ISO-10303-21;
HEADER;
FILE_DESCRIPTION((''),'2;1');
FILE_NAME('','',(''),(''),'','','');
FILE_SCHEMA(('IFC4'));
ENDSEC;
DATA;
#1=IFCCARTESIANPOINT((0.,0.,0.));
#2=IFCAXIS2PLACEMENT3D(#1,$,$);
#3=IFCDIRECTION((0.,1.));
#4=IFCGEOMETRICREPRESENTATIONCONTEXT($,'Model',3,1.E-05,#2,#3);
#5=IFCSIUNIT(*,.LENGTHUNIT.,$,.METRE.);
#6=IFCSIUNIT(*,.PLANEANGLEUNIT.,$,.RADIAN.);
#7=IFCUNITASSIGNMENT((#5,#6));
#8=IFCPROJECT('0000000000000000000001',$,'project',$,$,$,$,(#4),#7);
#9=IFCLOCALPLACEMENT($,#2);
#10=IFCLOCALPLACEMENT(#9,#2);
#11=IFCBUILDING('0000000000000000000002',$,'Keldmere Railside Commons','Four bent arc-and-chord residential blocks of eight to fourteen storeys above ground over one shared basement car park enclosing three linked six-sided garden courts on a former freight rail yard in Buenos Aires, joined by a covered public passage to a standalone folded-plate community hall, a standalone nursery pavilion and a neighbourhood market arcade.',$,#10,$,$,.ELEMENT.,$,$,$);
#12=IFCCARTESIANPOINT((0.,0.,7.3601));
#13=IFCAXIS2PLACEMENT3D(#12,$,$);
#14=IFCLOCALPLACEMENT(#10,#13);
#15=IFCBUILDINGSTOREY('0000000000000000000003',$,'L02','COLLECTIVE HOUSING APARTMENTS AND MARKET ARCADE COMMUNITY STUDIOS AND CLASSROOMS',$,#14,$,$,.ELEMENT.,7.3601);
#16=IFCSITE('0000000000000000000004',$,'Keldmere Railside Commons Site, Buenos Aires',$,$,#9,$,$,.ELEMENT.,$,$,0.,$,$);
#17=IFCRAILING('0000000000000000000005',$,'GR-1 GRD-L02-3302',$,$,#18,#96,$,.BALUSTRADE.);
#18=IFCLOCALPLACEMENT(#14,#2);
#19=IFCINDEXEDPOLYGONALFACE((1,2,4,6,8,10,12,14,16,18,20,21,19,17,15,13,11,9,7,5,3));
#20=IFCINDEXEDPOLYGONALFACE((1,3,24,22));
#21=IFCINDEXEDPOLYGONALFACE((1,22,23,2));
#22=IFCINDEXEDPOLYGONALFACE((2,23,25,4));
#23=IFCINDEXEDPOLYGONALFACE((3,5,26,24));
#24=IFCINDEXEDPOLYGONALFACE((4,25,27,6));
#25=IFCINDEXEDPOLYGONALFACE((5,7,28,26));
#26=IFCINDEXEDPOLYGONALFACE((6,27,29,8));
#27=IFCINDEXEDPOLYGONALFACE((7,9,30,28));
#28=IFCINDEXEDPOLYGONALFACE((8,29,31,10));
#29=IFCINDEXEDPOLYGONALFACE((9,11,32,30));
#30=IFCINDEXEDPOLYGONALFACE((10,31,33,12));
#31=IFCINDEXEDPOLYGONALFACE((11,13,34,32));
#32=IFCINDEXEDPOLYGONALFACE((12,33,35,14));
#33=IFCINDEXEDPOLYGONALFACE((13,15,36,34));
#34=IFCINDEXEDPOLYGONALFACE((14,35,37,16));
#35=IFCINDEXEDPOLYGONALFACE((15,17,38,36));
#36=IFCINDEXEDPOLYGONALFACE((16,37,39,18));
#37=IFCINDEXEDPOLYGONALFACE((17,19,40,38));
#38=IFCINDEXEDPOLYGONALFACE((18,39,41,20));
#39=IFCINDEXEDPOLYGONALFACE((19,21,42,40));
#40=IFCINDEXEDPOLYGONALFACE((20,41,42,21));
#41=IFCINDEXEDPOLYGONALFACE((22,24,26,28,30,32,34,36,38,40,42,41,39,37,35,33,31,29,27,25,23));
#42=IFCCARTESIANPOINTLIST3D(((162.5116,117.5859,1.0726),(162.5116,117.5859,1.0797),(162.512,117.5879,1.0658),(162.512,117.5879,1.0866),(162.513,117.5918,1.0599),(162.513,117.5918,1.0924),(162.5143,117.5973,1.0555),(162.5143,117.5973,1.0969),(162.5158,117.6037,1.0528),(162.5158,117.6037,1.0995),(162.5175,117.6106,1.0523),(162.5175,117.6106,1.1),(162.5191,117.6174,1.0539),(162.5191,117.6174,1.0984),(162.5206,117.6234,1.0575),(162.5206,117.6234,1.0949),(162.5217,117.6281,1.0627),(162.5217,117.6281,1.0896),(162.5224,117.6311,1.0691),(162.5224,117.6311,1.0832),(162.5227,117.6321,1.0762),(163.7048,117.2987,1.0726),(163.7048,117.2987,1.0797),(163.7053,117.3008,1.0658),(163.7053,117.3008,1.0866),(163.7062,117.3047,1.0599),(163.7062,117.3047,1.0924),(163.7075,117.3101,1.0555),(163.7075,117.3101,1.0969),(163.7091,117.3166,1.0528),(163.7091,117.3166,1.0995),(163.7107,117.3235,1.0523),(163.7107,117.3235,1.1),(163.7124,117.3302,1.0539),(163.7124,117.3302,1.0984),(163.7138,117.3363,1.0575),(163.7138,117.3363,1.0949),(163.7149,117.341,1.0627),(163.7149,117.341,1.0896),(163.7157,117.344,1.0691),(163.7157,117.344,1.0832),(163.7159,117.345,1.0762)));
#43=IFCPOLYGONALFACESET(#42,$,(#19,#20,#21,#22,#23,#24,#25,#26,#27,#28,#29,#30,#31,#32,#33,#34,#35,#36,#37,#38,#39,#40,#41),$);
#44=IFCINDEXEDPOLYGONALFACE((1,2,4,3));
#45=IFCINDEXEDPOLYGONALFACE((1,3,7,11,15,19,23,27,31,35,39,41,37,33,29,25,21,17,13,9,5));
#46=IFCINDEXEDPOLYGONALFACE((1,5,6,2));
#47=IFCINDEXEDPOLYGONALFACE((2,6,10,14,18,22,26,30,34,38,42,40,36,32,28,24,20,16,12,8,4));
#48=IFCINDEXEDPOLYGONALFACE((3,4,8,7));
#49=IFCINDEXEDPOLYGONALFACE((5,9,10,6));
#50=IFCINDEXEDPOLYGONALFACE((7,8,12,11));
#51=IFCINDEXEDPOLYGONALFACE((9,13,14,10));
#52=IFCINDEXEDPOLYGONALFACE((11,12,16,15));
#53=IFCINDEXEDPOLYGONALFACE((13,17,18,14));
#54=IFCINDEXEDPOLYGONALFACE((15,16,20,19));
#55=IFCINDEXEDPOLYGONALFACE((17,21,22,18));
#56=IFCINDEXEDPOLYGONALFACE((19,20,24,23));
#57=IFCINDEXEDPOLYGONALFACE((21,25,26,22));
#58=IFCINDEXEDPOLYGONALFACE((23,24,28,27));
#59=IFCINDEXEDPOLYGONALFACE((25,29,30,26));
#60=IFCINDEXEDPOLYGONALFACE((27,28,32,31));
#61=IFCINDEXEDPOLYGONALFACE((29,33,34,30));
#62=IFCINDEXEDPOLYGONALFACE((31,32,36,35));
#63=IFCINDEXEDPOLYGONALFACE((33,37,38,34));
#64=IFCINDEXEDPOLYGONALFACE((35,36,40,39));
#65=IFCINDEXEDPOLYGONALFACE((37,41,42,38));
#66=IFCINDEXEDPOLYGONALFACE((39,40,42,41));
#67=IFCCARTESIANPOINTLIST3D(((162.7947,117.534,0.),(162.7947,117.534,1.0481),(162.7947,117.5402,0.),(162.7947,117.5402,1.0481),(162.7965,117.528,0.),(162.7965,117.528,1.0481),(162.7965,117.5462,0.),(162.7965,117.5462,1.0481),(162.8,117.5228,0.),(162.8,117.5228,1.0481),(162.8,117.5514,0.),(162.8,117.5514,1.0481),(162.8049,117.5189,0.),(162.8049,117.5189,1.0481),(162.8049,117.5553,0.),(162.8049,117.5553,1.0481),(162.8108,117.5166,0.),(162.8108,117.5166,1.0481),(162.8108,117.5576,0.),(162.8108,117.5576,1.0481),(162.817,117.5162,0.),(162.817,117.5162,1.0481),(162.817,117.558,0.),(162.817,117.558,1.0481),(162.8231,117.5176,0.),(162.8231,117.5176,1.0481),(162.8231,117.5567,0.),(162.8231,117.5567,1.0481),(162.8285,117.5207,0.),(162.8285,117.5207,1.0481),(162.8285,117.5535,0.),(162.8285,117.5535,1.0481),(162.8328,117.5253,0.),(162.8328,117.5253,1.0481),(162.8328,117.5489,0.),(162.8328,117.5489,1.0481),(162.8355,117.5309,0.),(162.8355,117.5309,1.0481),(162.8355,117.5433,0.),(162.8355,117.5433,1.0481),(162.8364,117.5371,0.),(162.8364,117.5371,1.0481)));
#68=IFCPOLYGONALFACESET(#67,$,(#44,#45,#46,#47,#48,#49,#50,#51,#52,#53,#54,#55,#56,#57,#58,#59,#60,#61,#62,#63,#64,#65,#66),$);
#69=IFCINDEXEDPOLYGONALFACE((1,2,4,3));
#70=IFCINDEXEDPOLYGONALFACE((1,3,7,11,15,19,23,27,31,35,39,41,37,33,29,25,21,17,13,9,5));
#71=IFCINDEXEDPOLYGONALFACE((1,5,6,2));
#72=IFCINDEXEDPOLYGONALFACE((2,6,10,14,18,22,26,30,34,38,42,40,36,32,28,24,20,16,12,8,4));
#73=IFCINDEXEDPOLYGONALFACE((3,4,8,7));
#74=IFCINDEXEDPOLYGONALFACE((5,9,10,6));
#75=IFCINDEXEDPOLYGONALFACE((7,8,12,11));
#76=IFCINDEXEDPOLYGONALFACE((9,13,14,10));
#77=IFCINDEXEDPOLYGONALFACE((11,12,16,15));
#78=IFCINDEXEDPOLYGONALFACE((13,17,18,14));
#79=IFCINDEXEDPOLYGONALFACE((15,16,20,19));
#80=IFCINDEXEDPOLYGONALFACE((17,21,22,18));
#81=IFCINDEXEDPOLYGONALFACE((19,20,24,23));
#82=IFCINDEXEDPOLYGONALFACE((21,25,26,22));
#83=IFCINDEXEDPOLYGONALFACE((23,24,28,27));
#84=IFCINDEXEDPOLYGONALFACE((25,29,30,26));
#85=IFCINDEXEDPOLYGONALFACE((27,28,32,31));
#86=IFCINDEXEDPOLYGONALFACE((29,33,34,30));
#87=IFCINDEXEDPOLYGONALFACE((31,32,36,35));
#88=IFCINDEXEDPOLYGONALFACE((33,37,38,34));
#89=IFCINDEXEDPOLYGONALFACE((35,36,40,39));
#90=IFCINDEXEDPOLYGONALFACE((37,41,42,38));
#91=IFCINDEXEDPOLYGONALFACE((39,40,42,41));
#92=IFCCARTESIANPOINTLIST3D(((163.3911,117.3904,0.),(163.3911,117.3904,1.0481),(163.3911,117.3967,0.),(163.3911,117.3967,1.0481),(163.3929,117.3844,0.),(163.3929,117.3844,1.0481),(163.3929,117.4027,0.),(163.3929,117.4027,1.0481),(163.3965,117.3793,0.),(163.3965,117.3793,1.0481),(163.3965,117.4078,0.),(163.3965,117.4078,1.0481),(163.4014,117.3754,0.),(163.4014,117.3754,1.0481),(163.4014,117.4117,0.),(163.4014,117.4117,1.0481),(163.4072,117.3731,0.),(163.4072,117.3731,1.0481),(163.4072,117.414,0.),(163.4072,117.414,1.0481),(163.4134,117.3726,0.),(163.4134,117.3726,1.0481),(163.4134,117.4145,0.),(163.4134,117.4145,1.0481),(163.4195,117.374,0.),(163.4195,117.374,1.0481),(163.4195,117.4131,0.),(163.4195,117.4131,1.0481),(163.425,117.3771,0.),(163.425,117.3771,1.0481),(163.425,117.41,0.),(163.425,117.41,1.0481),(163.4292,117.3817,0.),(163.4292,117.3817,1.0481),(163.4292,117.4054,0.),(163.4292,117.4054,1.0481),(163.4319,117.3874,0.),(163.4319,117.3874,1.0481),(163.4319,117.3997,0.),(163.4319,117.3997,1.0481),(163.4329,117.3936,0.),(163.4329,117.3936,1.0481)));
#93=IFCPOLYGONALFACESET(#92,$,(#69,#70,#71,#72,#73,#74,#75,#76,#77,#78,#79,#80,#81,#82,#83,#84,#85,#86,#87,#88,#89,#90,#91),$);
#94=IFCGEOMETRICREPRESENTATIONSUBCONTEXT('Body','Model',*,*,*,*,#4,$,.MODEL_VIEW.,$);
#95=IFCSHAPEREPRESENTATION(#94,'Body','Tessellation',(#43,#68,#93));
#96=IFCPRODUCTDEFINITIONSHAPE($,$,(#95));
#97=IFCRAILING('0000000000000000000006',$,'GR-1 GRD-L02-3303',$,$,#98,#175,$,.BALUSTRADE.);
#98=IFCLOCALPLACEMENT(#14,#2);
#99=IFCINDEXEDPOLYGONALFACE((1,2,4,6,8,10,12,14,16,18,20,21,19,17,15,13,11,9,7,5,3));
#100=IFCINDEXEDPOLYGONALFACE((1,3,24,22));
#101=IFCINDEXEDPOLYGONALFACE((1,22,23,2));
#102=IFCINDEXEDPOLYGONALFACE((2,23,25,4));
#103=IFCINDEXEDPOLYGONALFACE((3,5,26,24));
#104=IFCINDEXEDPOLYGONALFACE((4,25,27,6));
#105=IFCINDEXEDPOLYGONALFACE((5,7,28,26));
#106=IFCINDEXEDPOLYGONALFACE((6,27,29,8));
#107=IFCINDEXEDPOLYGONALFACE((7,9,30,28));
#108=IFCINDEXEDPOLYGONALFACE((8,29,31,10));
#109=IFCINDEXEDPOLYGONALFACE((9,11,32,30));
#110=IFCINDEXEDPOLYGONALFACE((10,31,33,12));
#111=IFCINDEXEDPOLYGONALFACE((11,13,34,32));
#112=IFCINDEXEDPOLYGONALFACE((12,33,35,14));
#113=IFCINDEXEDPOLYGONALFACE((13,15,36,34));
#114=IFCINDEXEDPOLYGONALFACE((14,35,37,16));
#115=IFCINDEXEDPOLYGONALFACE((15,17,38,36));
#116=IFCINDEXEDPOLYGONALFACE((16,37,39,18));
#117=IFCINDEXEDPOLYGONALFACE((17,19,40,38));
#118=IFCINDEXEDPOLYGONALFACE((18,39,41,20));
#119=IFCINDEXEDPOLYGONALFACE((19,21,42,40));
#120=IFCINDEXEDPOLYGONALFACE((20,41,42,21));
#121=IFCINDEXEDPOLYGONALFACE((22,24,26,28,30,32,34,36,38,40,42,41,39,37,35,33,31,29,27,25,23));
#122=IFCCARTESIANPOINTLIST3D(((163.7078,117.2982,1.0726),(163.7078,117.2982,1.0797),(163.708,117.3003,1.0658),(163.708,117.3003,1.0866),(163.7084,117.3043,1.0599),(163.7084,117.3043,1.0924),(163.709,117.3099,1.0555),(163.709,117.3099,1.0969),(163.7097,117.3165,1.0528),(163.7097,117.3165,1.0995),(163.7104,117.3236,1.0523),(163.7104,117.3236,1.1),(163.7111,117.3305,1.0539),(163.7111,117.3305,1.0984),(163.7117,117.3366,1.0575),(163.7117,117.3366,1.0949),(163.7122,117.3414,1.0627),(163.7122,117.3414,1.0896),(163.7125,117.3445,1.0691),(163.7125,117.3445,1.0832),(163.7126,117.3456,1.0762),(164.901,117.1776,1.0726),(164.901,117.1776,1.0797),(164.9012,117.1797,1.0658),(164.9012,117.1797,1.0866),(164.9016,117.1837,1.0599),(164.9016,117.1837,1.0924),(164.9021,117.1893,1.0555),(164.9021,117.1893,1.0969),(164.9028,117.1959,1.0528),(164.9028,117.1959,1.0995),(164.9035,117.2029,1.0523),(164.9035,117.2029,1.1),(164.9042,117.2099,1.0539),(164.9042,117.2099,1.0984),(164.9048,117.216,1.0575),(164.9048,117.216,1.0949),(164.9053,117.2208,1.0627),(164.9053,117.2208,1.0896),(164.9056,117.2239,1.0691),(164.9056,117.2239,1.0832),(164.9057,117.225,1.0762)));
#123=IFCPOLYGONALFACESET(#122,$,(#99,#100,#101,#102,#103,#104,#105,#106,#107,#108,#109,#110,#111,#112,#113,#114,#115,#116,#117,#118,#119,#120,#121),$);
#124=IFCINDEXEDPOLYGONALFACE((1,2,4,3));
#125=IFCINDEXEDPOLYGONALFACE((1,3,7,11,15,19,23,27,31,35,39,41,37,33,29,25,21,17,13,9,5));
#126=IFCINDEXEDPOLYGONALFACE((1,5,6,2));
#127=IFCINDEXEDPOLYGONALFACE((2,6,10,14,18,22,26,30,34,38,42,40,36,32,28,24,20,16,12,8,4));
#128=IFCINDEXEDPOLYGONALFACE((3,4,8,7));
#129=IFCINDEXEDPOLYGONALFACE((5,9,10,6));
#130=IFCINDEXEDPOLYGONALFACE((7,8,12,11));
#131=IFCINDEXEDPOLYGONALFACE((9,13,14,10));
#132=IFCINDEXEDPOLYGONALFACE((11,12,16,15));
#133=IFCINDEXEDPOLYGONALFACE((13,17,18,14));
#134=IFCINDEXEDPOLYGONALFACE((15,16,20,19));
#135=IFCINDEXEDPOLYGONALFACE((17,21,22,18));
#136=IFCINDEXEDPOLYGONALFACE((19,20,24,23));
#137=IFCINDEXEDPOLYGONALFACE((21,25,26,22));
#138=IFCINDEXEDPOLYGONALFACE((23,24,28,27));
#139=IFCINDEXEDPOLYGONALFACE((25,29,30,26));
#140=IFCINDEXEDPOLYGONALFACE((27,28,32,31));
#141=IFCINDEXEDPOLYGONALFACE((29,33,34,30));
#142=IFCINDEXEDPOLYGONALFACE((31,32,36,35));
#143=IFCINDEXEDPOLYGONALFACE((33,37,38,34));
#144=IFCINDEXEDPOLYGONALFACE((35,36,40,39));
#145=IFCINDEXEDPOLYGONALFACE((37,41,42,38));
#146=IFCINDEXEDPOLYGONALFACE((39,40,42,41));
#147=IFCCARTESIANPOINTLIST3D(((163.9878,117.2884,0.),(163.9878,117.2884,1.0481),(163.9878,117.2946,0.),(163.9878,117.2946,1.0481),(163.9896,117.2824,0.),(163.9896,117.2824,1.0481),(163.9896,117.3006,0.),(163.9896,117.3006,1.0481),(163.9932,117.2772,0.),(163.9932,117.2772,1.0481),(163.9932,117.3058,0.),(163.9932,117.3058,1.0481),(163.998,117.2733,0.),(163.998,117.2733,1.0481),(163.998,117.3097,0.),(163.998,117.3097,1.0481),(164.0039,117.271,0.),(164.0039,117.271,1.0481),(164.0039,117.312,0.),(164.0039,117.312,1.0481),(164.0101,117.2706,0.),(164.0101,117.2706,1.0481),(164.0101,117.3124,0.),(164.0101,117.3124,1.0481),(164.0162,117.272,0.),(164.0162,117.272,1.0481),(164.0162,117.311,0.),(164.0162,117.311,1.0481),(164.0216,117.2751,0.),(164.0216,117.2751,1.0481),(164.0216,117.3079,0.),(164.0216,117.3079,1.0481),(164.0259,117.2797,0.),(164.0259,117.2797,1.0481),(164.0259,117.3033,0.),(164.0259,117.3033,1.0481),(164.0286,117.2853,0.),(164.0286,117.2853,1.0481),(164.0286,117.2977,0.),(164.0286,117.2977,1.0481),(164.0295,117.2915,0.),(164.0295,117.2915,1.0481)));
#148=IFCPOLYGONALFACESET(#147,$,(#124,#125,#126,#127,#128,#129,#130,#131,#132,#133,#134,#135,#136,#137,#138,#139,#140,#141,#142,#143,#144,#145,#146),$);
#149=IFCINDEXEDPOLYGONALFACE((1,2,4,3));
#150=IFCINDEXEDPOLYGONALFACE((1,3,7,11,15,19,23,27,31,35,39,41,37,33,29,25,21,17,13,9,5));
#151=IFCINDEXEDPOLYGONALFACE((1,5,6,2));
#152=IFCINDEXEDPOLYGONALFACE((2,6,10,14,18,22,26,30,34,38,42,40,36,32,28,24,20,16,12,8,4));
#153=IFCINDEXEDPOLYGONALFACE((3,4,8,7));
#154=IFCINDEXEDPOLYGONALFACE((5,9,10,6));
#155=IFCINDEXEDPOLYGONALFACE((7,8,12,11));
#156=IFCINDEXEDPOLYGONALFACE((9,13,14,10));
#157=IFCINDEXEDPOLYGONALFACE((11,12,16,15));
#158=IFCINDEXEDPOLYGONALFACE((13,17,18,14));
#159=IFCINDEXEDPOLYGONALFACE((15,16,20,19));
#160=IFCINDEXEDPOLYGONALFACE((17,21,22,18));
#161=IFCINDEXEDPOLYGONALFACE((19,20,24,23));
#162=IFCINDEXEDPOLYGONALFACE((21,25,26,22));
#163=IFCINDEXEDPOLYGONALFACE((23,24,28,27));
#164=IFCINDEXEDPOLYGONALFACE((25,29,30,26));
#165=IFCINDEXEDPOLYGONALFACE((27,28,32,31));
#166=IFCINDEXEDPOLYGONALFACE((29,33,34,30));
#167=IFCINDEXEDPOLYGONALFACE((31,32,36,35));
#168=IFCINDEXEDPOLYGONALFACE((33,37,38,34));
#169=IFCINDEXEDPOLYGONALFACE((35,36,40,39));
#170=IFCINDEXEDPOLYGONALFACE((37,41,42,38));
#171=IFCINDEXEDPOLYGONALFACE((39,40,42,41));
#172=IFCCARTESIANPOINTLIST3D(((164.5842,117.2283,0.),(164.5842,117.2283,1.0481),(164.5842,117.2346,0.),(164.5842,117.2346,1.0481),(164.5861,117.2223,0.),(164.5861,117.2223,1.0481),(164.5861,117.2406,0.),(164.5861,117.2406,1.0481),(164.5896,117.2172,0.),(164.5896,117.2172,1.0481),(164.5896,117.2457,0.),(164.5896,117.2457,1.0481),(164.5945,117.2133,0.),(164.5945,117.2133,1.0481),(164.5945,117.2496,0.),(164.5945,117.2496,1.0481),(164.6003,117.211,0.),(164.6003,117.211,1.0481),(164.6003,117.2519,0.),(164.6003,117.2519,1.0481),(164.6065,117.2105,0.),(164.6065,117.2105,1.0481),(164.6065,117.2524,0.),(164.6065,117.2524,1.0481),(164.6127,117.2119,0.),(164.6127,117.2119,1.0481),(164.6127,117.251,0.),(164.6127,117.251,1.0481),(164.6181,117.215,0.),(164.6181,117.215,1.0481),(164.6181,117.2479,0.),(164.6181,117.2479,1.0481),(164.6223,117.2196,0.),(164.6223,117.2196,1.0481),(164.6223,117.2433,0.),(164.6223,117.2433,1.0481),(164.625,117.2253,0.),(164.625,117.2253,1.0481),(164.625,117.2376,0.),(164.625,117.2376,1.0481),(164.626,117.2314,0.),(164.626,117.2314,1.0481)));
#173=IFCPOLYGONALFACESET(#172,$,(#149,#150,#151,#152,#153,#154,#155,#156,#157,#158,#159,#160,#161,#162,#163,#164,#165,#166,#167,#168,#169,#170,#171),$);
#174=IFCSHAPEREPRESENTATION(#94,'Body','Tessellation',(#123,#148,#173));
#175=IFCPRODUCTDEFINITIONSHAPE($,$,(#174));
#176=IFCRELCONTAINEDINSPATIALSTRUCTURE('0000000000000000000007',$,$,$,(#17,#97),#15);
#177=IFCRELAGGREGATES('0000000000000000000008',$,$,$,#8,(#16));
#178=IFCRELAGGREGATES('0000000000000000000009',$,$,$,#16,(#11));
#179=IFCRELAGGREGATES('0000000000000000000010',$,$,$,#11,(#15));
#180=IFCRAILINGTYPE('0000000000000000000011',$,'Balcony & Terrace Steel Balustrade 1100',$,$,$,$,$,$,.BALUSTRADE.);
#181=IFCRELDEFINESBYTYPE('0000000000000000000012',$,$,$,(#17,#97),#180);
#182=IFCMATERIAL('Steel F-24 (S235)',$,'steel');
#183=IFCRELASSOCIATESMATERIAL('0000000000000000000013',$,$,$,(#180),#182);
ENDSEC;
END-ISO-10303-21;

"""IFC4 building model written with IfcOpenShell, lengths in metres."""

from ifc_helpers import new_model, si_unit, direction, frame, origin, origin_2d, place, context, subcontext, project, spatial, circle, extrude, material, type_object, element, save


model = new_model("IFC4")

# Units and contexts
model_context = context("Model", 3, precision=1e-05, world=origin(), true_north=direction((0.0, 1.0)))
body_context = subcontext(model_context, "Body", "Model", "MODEL_VIEW")
ifc_project = project(units=[si_unit("LENGTHUNIT", "METRE"), si_unit("PLANEANGLEUNIT", "RADIAN")], contexts=[model_context])

# Site, building, storey
site_placement = place(None, origin())
site = spatial("IfcSite", under=ifc_project, at=site_placement, Name="Keldmere Railside Commons Site, Buenos Aires", CompositionType="ELEMENT", RefElevation=0.0)
building_placement = place(site_placement, origin())
building = spatial("IfcBuilding", under=site, at=building_placement, Name="Keldmere Railside Commons", Description="Four bent arc-and-chord residential blocks of eight to fourteen storeys above ground over one shared basement car park enclosing three linked six-sided garden courts on a former freight rail yard in Buenos Aires, joined by a covered public passage to a standalone folded-plate community hall, a standalone nursery pavilion and a neighbourhood market arcade.", CompositionType="ELEMENT")
storey_placement = place(building_placement, frame((0.0, 0.0, 7.3601)))
storey = spatial("IfcBuildingStorey", under=building, at=storey_placement, Name="L02", Description="COLLECTIVE HOUSING APARTMENTS AND MARKET ARCADE COMMUNITY STUDIOS AND CLASSROOMS", CompositionType="ELEMENT", Elevation=7.3601)

# Railings
ifc_material_1 = material(Name="Steel F-24 (S235)", Category="steel")
railing_type = type_object("IfcRailingType", Name="Balcony & Terrace Steel Balustrade 1100", PredefinedType="BALUSTRADE", material=ifc_material_1)
railing_1_placement = place(storey_placement, frame((162.5171, 117.6089, 0.0)))
element("IfcRailing", 1, at=railing_1_placement, inside=storey, type_object=railing_type, Name="GR-1 GRD-L02-3302", PredefinedType="BALUSTRADE", context=body_context, shape_type="SweptSolid", body=[
    extrude(circle(Radius=0.0239, at=origin_2d()), frame((0.0, 0.0, 1.0762), z_axis=(0.972246, -0.23396, 0.0), x_axis=(0.23396, 0.972246, 0.0)), (0.0, 0.0, 1.0), 1.2273),
    extrude(circle(Radius=0.021, at=origin_2d()), frame((0.2983, -0.0718, 0.0)), (0.0, 0.0, 1.0), 1.0481),
    extrude(circle(Radius=0.021, at=origin_2d()), frame((0.8948, -0.2153, 0.0)), (0.0, 0.0, 1.0), 1.0481),
])
railing_2_placement = place(storey_placement, frame((163.7102, 117.3218, 0.0)))
element("IfcRailing", 2, at=railing_2_placement, inside=storey, type_object=railing_type, Name="GR-1 GRD-L02-3303", PredefinedType="BALUSTRADE", context=body_context, shape_type="SweptSolid", body=[
    extrude(circle(Radius=0.0239, at=origin_2d()), frame((0.0, 0.0, 1.0762), z_axis=(0.99493, -0.100572, 0.0), x_axis=(0.100572, 0.99493, 0.0)), (0.0, 0.0, 1.0), 1.1992),
    extrude(circle(Radius=0.021, at=origin_2d()), frame((0.2983, -0.0303, 0.0)), (0.0, 0.0, 1.0), 1.0481),
    extrude(circle(Radius=0.021, at=origin_2d()), frame((0.8948, -0.0903, 0.0)), (0.0, 0.0, 1.0), 1.0481),
])

save(model, "model.ifc")
